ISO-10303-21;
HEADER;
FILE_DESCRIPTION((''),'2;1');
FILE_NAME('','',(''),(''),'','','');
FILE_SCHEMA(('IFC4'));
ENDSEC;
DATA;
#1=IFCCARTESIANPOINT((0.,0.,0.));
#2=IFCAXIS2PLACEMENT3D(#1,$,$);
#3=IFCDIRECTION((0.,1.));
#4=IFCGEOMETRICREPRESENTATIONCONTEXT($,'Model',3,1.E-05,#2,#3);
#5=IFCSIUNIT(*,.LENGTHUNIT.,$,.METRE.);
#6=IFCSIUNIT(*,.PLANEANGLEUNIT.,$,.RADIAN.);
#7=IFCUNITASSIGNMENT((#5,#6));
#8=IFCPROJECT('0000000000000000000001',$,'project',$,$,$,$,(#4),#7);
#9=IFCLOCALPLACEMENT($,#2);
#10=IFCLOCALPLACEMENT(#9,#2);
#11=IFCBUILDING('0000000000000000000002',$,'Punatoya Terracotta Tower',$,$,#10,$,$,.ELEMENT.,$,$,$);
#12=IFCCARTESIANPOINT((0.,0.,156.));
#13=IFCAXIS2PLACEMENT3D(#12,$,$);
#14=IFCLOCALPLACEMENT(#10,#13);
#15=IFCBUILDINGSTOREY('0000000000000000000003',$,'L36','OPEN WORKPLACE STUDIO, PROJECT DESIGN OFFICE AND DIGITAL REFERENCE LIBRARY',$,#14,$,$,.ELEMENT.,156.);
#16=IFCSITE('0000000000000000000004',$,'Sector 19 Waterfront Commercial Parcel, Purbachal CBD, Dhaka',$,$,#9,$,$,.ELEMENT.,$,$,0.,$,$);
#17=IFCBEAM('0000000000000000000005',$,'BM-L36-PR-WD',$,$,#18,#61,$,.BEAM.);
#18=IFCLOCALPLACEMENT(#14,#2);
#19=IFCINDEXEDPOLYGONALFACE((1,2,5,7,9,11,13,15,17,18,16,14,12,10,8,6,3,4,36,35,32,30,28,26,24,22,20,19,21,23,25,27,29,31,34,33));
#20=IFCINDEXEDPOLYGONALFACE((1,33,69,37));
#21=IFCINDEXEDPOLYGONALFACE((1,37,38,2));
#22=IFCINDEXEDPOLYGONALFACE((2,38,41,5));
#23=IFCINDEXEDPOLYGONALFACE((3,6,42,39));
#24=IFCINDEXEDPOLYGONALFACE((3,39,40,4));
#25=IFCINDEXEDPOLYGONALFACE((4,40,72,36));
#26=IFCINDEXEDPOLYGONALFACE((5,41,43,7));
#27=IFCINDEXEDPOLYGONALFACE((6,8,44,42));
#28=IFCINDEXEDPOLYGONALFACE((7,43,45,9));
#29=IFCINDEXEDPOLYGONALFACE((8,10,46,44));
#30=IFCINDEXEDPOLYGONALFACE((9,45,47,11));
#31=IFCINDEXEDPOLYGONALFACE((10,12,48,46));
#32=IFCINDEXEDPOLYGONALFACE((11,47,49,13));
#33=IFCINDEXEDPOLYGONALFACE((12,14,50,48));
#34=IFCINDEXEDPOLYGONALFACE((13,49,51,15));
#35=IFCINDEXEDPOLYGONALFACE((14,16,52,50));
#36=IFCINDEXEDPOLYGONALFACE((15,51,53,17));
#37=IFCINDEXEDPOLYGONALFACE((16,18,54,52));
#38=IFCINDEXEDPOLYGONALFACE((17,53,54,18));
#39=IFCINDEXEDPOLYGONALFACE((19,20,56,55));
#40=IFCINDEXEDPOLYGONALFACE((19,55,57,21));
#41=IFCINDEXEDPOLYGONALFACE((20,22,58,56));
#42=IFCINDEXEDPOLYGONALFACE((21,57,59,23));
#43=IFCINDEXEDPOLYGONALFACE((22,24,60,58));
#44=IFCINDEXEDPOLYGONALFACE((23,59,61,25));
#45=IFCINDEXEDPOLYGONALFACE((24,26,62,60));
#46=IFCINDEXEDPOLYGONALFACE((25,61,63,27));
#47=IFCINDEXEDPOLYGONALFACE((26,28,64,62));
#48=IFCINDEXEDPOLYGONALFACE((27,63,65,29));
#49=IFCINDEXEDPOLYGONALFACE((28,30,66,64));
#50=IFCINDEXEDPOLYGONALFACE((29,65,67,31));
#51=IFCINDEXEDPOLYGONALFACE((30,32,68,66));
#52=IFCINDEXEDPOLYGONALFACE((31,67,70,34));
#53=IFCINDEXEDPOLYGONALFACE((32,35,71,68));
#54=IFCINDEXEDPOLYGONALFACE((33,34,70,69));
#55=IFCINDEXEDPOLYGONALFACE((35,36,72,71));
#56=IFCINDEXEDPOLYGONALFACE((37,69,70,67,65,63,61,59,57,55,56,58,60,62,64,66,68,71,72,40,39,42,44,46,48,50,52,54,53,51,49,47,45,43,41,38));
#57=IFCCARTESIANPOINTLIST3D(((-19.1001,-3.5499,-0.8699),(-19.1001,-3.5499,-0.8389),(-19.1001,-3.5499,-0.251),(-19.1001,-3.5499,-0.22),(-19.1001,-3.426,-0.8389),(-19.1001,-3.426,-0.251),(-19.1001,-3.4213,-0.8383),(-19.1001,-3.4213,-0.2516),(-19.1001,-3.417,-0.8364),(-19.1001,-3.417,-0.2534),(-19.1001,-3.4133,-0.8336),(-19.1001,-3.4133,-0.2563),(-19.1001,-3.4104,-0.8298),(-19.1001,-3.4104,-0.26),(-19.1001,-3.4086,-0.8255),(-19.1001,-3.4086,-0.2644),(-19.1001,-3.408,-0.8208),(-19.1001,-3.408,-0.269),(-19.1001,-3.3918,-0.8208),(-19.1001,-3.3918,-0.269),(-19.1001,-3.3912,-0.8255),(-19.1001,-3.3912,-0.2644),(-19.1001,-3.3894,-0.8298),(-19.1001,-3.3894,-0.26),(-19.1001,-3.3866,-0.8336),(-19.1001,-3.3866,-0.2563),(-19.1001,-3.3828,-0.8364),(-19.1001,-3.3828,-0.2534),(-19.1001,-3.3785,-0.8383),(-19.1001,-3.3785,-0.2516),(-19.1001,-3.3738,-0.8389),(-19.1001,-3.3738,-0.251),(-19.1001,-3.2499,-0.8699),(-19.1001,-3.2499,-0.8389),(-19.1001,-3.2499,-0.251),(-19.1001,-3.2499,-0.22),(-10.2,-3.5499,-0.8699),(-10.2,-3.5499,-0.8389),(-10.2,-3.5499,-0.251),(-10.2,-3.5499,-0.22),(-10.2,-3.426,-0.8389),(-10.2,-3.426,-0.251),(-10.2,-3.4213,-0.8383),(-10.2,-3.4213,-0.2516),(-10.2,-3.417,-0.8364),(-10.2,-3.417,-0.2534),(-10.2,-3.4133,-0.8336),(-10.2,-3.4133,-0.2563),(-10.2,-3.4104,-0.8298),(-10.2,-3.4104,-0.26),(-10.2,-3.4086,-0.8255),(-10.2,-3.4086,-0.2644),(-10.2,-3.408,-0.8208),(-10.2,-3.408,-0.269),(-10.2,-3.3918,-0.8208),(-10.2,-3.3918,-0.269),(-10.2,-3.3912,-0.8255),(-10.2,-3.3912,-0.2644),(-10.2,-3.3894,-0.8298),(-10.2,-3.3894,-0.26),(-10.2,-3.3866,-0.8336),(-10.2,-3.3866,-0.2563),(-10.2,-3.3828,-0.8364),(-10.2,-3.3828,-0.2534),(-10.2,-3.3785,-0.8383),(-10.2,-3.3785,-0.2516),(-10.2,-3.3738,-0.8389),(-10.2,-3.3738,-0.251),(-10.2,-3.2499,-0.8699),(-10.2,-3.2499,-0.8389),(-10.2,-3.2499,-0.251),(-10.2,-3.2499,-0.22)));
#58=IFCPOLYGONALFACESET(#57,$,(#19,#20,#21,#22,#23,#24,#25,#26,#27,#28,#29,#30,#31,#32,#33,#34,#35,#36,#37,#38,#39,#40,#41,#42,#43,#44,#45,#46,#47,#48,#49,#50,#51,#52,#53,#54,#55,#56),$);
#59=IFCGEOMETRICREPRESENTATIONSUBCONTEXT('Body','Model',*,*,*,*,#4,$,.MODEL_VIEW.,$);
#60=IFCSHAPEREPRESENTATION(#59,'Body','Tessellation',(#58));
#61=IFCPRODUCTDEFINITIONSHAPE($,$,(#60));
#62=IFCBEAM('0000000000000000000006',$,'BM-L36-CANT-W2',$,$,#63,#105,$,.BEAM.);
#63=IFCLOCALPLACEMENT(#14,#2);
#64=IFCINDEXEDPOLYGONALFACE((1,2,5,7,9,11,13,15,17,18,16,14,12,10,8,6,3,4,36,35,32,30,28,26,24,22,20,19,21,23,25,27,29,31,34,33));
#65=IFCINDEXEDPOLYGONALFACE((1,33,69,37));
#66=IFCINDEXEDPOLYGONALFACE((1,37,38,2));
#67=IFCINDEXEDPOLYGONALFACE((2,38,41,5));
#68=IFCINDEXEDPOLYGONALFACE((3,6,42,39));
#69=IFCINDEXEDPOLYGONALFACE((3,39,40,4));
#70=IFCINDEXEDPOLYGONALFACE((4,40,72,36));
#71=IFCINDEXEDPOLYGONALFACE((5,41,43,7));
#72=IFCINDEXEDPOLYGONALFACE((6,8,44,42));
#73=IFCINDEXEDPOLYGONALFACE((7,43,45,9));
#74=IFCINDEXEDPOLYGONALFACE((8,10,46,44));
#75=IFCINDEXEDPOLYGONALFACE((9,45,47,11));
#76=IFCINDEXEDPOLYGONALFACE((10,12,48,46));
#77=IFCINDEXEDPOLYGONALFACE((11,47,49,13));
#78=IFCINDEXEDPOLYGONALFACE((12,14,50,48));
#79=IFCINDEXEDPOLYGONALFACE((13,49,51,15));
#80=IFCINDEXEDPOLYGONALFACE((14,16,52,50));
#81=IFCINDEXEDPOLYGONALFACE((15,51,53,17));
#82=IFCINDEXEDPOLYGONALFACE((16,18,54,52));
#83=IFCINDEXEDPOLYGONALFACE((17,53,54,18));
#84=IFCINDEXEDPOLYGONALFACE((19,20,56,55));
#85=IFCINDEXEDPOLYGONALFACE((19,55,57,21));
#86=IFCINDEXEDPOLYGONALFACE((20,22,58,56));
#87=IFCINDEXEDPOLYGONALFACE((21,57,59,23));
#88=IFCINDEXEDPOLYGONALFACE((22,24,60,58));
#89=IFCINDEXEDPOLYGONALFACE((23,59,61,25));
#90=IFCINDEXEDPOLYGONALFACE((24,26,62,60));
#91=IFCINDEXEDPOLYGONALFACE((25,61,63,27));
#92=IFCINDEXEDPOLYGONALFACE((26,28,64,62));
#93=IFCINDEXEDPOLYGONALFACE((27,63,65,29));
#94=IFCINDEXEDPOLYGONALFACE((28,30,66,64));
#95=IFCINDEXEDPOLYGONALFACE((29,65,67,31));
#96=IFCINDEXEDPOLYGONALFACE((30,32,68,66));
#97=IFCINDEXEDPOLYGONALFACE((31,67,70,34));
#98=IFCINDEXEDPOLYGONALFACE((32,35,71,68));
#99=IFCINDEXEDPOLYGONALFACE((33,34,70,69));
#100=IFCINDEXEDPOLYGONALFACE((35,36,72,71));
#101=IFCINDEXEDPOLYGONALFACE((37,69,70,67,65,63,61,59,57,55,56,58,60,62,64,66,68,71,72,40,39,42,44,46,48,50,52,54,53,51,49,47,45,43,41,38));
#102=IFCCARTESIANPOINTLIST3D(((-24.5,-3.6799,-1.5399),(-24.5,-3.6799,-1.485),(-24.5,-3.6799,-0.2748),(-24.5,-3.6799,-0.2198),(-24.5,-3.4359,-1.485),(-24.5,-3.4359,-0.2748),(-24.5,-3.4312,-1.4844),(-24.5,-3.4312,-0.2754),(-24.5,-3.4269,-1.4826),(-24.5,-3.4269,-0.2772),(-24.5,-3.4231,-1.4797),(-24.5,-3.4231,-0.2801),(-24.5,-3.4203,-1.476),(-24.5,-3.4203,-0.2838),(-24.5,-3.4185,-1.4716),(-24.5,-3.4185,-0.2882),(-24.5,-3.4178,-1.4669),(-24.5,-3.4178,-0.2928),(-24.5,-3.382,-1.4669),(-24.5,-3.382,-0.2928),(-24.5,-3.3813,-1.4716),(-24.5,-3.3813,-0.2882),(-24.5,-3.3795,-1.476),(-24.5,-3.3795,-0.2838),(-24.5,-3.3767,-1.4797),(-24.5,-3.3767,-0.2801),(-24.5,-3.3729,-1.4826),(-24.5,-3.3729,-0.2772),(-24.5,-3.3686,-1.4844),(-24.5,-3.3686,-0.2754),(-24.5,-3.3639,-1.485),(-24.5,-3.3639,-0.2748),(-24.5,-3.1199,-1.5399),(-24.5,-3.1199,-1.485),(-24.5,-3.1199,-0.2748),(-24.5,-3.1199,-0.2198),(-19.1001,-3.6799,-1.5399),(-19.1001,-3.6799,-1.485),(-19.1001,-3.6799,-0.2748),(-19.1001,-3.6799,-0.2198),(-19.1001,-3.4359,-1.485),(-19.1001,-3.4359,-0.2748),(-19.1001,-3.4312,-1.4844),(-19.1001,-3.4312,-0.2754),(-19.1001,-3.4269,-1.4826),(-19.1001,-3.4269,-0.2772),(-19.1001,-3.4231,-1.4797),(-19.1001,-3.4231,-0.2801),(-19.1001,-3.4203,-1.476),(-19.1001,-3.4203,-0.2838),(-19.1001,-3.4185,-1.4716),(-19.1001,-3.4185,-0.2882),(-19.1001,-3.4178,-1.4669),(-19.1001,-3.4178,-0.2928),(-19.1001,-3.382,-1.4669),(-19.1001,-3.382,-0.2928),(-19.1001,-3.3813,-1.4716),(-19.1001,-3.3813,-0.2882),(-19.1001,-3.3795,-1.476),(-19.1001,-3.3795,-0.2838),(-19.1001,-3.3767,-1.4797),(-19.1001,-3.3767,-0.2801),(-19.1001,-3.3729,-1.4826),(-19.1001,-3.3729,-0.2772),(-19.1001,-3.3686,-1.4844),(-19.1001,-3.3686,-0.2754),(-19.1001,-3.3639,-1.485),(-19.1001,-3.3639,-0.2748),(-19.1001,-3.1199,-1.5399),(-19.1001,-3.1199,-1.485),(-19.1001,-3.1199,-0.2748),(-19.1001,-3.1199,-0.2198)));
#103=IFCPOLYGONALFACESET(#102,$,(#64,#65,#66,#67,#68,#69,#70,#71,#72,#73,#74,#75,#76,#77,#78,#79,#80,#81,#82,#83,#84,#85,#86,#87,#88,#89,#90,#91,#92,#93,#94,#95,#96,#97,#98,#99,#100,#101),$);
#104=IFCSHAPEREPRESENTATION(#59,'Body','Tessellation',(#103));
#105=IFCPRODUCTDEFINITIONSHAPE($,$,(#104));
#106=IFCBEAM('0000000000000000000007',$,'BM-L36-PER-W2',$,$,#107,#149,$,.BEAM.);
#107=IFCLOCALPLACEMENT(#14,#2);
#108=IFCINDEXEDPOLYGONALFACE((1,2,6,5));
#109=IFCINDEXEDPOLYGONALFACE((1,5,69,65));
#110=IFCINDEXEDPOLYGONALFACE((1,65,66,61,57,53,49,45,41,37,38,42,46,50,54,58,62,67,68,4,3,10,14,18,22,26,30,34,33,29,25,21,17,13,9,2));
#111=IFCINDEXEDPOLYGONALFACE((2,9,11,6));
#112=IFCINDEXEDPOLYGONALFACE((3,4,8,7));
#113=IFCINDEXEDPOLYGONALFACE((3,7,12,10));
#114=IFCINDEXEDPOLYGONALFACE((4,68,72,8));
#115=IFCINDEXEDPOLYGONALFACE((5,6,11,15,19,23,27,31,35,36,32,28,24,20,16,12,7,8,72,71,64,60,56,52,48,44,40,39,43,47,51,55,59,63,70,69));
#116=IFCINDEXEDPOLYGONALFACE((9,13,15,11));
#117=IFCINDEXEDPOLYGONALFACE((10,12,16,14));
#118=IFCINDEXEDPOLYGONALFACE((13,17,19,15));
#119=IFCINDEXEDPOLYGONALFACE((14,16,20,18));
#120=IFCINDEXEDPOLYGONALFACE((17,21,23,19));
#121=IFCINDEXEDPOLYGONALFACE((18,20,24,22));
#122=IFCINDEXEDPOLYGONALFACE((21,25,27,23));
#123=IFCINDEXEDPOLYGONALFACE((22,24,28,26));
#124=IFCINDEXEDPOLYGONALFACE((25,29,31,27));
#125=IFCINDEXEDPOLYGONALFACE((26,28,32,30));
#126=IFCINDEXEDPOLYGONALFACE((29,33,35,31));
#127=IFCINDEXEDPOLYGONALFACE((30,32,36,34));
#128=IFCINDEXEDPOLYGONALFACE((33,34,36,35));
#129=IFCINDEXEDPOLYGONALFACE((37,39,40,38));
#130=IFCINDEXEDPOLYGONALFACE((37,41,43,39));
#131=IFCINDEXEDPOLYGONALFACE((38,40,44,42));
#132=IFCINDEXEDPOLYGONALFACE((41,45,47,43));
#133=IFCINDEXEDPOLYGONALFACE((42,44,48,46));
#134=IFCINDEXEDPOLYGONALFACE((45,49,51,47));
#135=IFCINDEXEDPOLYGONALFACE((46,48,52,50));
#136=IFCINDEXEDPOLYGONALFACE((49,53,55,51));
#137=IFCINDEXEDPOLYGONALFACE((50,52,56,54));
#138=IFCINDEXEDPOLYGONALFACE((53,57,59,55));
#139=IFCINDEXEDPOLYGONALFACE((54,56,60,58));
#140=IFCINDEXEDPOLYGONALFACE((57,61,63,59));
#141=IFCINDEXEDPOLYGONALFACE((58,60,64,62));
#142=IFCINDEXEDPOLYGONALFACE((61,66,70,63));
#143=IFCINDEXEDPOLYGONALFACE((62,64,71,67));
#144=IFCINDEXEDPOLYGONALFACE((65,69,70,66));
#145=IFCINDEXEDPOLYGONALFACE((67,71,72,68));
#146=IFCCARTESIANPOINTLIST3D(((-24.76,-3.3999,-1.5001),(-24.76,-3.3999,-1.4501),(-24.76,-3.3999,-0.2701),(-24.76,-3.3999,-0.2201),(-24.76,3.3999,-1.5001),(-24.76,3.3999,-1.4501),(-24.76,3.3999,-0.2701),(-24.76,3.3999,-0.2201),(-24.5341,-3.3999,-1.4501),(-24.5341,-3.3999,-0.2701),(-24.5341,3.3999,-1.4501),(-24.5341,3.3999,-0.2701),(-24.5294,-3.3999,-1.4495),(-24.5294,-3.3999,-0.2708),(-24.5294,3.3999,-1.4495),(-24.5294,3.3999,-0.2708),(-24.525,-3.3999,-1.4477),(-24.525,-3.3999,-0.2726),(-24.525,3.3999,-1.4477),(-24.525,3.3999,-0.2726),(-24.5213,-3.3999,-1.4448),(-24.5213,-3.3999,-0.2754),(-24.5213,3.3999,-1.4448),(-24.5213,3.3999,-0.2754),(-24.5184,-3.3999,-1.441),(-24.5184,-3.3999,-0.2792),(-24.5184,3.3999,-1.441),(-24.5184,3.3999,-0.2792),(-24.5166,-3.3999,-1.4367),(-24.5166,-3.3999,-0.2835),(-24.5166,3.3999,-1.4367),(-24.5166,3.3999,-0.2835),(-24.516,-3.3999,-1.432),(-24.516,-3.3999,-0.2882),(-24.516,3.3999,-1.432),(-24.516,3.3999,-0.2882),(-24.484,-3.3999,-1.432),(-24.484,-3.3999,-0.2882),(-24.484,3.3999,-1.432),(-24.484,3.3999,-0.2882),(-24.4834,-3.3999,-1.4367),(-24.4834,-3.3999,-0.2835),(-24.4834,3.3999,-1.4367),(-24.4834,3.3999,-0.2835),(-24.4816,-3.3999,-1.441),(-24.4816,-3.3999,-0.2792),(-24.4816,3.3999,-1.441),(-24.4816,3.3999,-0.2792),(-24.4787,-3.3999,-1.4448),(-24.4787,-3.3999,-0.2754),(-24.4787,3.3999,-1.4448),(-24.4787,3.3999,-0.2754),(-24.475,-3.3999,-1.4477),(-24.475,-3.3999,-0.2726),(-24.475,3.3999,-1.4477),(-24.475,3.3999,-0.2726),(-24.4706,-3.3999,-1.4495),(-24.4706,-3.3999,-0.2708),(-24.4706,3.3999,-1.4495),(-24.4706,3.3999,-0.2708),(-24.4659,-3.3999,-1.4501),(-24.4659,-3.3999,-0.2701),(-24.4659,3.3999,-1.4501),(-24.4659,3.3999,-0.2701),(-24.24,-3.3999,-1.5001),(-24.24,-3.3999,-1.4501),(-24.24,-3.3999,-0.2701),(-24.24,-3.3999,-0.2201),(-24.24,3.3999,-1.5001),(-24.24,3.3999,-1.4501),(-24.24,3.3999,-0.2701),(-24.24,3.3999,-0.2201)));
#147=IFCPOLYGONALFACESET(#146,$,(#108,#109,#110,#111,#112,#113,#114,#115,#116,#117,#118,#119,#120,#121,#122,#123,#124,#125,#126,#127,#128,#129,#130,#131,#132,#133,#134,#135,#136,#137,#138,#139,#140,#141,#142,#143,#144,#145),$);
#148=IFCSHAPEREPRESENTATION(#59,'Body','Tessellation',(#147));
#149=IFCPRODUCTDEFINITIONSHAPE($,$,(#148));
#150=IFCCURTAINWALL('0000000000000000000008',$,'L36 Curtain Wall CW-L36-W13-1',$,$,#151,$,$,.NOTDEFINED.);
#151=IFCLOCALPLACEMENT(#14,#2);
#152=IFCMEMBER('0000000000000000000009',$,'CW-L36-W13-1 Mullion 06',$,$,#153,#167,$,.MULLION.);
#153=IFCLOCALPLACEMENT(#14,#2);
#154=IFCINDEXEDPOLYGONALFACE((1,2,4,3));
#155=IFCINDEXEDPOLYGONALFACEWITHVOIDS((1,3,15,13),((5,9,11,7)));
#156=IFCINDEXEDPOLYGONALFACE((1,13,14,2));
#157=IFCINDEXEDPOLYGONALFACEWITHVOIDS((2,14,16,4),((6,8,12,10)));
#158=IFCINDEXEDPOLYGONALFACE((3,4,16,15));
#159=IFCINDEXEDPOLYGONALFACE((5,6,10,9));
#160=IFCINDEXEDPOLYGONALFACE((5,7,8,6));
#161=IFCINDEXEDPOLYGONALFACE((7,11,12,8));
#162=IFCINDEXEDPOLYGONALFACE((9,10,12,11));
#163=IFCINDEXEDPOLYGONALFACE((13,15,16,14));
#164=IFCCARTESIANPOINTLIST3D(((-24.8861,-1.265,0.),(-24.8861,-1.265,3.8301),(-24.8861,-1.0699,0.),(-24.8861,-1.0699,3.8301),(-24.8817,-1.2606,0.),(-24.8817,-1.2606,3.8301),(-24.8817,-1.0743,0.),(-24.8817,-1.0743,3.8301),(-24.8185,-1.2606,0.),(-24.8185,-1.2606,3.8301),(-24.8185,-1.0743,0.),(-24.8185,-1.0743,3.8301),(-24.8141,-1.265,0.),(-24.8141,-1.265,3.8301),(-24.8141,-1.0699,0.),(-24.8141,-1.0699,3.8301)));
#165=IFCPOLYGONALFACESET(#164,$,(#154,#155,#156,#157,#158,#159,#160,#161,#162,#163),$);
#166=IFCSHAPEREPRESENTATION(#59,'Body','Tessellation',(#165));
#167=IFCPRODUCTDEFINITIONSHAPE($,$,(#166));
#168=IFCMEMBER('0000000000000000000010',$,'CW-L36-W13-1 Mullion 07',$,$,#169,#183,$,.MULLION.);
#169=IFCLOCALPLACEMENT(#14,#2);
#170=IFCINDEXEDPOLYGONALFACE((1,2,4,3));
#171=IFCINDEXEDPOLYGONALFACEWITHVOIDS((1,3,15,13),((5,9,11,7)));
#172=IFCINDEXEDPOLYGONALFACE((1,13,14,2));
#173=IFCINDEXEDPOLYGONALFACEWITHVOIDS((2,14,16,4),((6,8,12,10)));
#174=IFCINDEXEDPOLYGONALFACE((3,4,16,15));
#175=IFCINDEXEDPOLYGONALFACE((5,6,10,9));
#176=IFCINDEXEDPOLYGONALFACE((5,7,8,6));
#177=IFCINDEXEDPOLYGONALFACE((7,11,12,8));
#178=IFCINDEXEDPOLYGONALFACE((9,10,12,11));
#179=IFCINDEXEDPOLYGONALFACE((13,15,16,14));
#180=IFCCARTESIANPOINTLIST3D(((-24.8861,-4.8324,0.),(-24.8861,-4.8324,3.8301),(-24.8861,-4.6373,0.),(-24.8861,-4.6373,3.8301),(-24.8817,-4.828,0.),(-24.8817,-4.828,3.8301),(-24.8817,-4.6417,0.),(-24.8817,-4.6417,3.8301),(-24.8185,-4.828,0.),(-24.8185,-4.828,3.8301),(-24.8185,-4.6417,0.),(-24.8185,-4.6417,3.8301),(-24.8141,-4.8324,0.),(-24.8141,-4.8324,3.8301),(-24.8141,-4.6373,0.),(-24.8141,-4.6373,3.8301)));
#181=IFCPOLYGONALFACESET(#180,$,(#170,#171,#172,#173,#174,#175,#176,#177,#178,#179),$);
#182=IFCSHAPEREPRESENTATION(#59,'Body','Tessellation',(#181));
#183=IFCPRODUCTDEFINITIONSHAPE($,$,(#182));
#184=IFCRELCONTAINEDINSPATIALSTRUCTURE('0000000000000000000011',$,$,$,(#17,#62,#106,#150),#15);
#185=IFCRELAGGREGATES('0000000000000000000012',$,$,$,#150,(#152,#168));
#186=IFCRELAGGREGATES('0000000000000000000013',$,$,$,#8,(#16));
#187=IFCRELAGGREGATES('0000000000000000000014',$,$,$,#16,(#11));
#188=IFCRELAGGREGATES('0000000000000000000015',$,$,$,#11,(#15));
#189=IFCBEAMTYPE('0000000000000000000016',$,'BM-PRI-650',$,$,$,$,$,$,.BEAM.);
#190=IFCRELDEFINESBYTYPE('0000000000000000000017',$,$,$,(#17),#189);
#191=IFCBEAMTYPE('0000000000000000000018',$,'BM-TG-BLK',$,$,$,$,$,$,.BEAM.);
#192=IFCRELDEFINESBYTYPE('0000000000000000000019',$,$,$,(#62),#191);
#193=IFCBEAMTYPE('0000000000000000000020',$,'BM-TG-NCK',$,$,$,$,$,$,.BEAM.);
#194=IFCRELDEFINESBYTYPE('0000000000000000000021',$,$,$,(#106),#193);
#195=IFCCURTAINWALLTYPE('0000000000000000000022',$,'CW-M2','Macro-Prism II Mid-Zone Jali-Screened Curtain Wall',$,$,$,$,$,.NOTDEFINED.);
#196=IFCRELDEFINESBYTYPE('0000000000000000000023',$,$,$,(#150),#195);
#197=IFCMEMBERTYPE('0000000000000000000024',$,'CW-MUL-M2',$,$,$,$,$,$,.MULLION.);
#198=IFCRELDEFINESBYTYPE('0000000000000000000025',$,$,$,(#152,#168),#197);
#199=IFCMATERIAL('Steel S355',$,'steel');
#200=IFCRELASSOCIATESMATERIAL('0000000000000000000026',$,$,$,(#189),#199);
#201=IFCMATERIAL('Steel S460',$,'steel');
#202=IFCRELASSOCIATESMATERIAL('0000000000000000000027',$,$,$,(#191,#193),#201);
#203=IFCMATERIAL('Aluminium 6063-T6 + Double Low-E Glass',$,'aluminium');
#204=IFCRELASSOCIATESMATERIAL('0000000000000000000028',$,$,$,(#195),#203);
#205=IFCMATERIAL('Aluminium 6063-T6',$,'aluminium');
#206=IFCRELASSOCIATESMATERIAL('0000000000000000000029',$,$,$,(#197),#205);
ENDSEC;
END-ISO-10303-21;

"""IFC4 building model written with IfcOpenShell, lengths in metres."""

from ifc_helpers import new_model, si_unit, direction, frame, origin, origin_2d, place, context, subcontext, project, spatial, hollow_rectangle, i_section, extrude, material, material_profile, profile_set, type_object, element, aggregate, save


model = new_model("IFC4")

# Units and contexts
model_context = context("Model", 3, precision=1e-05, world=origin(), true_north=direction((0.0, 1.0)))
body_context = subcontext(model_context, "Body", "Model", "MODEL_VIEW")
ifc_project = project(units=[si_unit("LENGTHUNIT", "METRE"), si_unit("PLANEANGLEUNIT", "RADIAN")], contexts=[model_context])

# Site, building, storey
site_placement = place(None, origin())
site = spatial("IfcSite", under=ifc_project, at=site_placement, Name="Sector 19 Waterfront Commercial Parcel, Purbachal CBD, Dhaka", CompositionType="ELEMENT", RefElevation=0.0)
building_placement = place(site_placement, origin())
building = spatial("IfcBuilding", under=site, at=building_placement, Name="Punatoya Terracotta Tower", CompositionType="ELEMENT")
storey_placement = place(building_placement, frame((0.0, 0.0, 156.0)))
storey = spatial("IfcBuildingStorey", under=building, at=storey_placement, Name="L36", Description="OPEN WORKPLACE STUDIO, PROJECT DESIGN OFFICE AND DIGITAL REFERENCE LIBRARY", CompositionType="ELEMENT", Elevation=156.0)

# Shared definitions
ifc_material_1 = material(Name="Steel S460", Category="steel")

# Beams
ifc_material_2 = material(Name="Steel S355", Category="steel")
ifc_material_profile_1 = material_profile(ifc_material_2, i_section(OverallWidth=0.3, OverallDepth=0.6499, WebThickness=0.0161, FlangeThickness=0.031, FilletRadius=0.0181, at=origin_2d()))
ifc_profile_set_1 = profile_set([ifc_material_profile_1], Name="Steel S355")
beam_type_1 = type_object("IfcBeamType", Name="BM-PRI-650", PredefinedType="BEAM", material=ifc_profile_set_1)
for number, where, z_axis, x_axis, name in (
    (1, (-19.1001, -3.3999, -0.5449), (1.0, 0.0, 0.0), (0.0, 1.0, 0.0), "BM-L36-PR-WD"),
):
    element("IfcBeam", number, at=place(storey_placement, frame(where, z_axis=z_axis, x_axis=x_axis)), inside=storey, type_object=beam_type_1, Name=name, PredefinedType="BEAM", context=body_context, shape_type="SweptSolid", body=[
        extrude(i_section(OverallWidth=0.3, OverallDepth=0.6499, WebThickness=0.0161, FlangeThickness=0.031, FilletRadius=0.0181, at=origin_2d()), origin(), (0.0, 0.0, 1.0), 8.9001),
    ])
ifc_material_profile_2 = material_profile(ifc_material_1, i_section(OverallWidth=0.5601, OverallDepth=1.3201, WebThickness=0.0359, FlangeThickness=0.0549, FilletRadius=0.0181, at=origin_2d()))
ifc_profile_set_2 = profile_set([ifc_material_profile_2], Name="Steel S460")
beam_type_2 = type_object("IfcBeamType", Name="BM-TG-BLK", PredefinedType="BEAM", material=ifc_profile_set_2)
beam_1_placement = place(storey_placement, frame((-24.5, -3.3999, -0.8799), z_axis=(1.0, 0.0, 0.0), x_axis=(0.0, 1.0, 0.0)))
element("IfcBeam", 2, at=beam_1_placement, inside=storey, type_object=beam_type_2, Name="BM-L36-CANT-W2", PredefinedType="BEAM", context=body_context, shape_type="SweptSolid", body=[
    extrude(i_section(OverallWidth=0.5601, OverallDepth=1.3201, WebThickness=0.0359, FlangeThickness=0.0549, FilletRadius=0.0181, at=origin_2d()), origin(), (0.0, 0.0, 1.0), 5.3999),
])
ifc_material_profile_3 = material_profile(ifc_material_1, i_section(OverallWidth=0.52, OverallDepth=1.28, WebThickness=0.032, FlangeThickness=0.05, FilletRadius=0.0181, at=origin_2d()))
ifc_profile_set_3 = profile_set([ifc_material_profile_3], Name="Steel S460")
beam_type_3 = type_object("IfcBeamType", Name="BM-TG-NCK", PredefinedType="BEAM", material=ifc_profile_set_3)
beam_2_placement = place(storey_placement, frame((-24.5, -3.3999, -0.8601), z_axis=(0.0, 1.0, 0.0), x_axis=(-1.0, 0.0, 0.0)))
element("IfcBeam", 3, at=beam_2_placement, inside=storey, type_object=beam_type_3, Name="BM-L36-PER-W2", PredefinedType="BEAM", context=body_context, shape_type="SweptSolid", body=[
    extrude(i_section(OverallWidth=0.52, OverallDepth=1.28, WebThickness=0.032, FlangeThickness=0.05, FilletRadius=0.0181, at=origin_2d()), origin(), (0.0, 0.0, 1.0), 6.7998),
])

# Curtain wall, members
ifc_material_3 = material(Name="Aluminium 6063-T6 + Double Low-E Glass", Category="aluminium")
curtain_wall_type = type_object("IfcCurtainWallType", Name="CW-M2", Description="Macro-Prism II Mid-Zone Jali-Screened Curtain Wall", PredefinedType="NOTDEFINED", material=ifc_material_3)
curtain_wall_placement = place(storey_placement, origin())
curtain_wall = element("IfcCurtainWall", 4, at=curtain_wall_placement, inside=storey, type_object=curtain_wall_type, Name="L36 Curtain Wall CW-L36-W13-1", PredefinedType="NOTDEFINED")
ifc_material_4 = material(Name="Aluminium 6063-T6", Category="aluminium")
ifc_material_profile_4 = material_profile(ifc_material_4, hollow_rectangle(XDim=0.072, YDim=0.1951, WallThickness=0.0044, at=origin_2d()))
ifc_profile_set_4 = profile_set([ifc_material_profile_4], Name="Aluminium 6063-T6")
member_type = type_object("IfcMemberType", Name="CW-MUL-M2", PredefinedType="MULLION", material=ifc_profile_set_4)
member_1_placement = place(storey_placement, frame((-24.8501, -1.1675, 0.0), z_axis=(0.0, 0.0, 1.0), x_axis=(1.0, 0.0, 0.0)))
member_1 = element("IfcMember", 5, at=member_1_placement, type_object=member_type, Name="CW-L36-W13-1 Mullion 06", PredefinedType="MULLION", context=body_context, shape_type="SweptSolid", body=[
    extrude(hollow_rectangle(XDim=0.072, YDim=0.1951, WallThickness=0.0044, at=origin_2d()), origin(), (0.0, 0.0, 1.0), 3.8301),
])
member_2_placement = place(storey_placement, frame((-24.8501, -4.7349, 0.0), z_axis=(0.0, 0.0, 1.0), x_axis=(1.0, 0.0, 0.0)))
member_2 = element("IfcMember", 6, at=member_2_placement, type_object=member_type, Name="CW-L36-W13-1 Mullion 07", PredefinedType="MULLION", context=body_context, shape_type="SweptSolid", body=[
    extrude(hollow_rectangle(XDim=0.072, YDim=0.1951, WallThickness=0.0044, at=origin_2d()), origin(), (0.0, 0.0, 1.0), 3.8301),
])
aggregate(curtain_wall, [member_1, member_2])

save(model, "model.ifc")
